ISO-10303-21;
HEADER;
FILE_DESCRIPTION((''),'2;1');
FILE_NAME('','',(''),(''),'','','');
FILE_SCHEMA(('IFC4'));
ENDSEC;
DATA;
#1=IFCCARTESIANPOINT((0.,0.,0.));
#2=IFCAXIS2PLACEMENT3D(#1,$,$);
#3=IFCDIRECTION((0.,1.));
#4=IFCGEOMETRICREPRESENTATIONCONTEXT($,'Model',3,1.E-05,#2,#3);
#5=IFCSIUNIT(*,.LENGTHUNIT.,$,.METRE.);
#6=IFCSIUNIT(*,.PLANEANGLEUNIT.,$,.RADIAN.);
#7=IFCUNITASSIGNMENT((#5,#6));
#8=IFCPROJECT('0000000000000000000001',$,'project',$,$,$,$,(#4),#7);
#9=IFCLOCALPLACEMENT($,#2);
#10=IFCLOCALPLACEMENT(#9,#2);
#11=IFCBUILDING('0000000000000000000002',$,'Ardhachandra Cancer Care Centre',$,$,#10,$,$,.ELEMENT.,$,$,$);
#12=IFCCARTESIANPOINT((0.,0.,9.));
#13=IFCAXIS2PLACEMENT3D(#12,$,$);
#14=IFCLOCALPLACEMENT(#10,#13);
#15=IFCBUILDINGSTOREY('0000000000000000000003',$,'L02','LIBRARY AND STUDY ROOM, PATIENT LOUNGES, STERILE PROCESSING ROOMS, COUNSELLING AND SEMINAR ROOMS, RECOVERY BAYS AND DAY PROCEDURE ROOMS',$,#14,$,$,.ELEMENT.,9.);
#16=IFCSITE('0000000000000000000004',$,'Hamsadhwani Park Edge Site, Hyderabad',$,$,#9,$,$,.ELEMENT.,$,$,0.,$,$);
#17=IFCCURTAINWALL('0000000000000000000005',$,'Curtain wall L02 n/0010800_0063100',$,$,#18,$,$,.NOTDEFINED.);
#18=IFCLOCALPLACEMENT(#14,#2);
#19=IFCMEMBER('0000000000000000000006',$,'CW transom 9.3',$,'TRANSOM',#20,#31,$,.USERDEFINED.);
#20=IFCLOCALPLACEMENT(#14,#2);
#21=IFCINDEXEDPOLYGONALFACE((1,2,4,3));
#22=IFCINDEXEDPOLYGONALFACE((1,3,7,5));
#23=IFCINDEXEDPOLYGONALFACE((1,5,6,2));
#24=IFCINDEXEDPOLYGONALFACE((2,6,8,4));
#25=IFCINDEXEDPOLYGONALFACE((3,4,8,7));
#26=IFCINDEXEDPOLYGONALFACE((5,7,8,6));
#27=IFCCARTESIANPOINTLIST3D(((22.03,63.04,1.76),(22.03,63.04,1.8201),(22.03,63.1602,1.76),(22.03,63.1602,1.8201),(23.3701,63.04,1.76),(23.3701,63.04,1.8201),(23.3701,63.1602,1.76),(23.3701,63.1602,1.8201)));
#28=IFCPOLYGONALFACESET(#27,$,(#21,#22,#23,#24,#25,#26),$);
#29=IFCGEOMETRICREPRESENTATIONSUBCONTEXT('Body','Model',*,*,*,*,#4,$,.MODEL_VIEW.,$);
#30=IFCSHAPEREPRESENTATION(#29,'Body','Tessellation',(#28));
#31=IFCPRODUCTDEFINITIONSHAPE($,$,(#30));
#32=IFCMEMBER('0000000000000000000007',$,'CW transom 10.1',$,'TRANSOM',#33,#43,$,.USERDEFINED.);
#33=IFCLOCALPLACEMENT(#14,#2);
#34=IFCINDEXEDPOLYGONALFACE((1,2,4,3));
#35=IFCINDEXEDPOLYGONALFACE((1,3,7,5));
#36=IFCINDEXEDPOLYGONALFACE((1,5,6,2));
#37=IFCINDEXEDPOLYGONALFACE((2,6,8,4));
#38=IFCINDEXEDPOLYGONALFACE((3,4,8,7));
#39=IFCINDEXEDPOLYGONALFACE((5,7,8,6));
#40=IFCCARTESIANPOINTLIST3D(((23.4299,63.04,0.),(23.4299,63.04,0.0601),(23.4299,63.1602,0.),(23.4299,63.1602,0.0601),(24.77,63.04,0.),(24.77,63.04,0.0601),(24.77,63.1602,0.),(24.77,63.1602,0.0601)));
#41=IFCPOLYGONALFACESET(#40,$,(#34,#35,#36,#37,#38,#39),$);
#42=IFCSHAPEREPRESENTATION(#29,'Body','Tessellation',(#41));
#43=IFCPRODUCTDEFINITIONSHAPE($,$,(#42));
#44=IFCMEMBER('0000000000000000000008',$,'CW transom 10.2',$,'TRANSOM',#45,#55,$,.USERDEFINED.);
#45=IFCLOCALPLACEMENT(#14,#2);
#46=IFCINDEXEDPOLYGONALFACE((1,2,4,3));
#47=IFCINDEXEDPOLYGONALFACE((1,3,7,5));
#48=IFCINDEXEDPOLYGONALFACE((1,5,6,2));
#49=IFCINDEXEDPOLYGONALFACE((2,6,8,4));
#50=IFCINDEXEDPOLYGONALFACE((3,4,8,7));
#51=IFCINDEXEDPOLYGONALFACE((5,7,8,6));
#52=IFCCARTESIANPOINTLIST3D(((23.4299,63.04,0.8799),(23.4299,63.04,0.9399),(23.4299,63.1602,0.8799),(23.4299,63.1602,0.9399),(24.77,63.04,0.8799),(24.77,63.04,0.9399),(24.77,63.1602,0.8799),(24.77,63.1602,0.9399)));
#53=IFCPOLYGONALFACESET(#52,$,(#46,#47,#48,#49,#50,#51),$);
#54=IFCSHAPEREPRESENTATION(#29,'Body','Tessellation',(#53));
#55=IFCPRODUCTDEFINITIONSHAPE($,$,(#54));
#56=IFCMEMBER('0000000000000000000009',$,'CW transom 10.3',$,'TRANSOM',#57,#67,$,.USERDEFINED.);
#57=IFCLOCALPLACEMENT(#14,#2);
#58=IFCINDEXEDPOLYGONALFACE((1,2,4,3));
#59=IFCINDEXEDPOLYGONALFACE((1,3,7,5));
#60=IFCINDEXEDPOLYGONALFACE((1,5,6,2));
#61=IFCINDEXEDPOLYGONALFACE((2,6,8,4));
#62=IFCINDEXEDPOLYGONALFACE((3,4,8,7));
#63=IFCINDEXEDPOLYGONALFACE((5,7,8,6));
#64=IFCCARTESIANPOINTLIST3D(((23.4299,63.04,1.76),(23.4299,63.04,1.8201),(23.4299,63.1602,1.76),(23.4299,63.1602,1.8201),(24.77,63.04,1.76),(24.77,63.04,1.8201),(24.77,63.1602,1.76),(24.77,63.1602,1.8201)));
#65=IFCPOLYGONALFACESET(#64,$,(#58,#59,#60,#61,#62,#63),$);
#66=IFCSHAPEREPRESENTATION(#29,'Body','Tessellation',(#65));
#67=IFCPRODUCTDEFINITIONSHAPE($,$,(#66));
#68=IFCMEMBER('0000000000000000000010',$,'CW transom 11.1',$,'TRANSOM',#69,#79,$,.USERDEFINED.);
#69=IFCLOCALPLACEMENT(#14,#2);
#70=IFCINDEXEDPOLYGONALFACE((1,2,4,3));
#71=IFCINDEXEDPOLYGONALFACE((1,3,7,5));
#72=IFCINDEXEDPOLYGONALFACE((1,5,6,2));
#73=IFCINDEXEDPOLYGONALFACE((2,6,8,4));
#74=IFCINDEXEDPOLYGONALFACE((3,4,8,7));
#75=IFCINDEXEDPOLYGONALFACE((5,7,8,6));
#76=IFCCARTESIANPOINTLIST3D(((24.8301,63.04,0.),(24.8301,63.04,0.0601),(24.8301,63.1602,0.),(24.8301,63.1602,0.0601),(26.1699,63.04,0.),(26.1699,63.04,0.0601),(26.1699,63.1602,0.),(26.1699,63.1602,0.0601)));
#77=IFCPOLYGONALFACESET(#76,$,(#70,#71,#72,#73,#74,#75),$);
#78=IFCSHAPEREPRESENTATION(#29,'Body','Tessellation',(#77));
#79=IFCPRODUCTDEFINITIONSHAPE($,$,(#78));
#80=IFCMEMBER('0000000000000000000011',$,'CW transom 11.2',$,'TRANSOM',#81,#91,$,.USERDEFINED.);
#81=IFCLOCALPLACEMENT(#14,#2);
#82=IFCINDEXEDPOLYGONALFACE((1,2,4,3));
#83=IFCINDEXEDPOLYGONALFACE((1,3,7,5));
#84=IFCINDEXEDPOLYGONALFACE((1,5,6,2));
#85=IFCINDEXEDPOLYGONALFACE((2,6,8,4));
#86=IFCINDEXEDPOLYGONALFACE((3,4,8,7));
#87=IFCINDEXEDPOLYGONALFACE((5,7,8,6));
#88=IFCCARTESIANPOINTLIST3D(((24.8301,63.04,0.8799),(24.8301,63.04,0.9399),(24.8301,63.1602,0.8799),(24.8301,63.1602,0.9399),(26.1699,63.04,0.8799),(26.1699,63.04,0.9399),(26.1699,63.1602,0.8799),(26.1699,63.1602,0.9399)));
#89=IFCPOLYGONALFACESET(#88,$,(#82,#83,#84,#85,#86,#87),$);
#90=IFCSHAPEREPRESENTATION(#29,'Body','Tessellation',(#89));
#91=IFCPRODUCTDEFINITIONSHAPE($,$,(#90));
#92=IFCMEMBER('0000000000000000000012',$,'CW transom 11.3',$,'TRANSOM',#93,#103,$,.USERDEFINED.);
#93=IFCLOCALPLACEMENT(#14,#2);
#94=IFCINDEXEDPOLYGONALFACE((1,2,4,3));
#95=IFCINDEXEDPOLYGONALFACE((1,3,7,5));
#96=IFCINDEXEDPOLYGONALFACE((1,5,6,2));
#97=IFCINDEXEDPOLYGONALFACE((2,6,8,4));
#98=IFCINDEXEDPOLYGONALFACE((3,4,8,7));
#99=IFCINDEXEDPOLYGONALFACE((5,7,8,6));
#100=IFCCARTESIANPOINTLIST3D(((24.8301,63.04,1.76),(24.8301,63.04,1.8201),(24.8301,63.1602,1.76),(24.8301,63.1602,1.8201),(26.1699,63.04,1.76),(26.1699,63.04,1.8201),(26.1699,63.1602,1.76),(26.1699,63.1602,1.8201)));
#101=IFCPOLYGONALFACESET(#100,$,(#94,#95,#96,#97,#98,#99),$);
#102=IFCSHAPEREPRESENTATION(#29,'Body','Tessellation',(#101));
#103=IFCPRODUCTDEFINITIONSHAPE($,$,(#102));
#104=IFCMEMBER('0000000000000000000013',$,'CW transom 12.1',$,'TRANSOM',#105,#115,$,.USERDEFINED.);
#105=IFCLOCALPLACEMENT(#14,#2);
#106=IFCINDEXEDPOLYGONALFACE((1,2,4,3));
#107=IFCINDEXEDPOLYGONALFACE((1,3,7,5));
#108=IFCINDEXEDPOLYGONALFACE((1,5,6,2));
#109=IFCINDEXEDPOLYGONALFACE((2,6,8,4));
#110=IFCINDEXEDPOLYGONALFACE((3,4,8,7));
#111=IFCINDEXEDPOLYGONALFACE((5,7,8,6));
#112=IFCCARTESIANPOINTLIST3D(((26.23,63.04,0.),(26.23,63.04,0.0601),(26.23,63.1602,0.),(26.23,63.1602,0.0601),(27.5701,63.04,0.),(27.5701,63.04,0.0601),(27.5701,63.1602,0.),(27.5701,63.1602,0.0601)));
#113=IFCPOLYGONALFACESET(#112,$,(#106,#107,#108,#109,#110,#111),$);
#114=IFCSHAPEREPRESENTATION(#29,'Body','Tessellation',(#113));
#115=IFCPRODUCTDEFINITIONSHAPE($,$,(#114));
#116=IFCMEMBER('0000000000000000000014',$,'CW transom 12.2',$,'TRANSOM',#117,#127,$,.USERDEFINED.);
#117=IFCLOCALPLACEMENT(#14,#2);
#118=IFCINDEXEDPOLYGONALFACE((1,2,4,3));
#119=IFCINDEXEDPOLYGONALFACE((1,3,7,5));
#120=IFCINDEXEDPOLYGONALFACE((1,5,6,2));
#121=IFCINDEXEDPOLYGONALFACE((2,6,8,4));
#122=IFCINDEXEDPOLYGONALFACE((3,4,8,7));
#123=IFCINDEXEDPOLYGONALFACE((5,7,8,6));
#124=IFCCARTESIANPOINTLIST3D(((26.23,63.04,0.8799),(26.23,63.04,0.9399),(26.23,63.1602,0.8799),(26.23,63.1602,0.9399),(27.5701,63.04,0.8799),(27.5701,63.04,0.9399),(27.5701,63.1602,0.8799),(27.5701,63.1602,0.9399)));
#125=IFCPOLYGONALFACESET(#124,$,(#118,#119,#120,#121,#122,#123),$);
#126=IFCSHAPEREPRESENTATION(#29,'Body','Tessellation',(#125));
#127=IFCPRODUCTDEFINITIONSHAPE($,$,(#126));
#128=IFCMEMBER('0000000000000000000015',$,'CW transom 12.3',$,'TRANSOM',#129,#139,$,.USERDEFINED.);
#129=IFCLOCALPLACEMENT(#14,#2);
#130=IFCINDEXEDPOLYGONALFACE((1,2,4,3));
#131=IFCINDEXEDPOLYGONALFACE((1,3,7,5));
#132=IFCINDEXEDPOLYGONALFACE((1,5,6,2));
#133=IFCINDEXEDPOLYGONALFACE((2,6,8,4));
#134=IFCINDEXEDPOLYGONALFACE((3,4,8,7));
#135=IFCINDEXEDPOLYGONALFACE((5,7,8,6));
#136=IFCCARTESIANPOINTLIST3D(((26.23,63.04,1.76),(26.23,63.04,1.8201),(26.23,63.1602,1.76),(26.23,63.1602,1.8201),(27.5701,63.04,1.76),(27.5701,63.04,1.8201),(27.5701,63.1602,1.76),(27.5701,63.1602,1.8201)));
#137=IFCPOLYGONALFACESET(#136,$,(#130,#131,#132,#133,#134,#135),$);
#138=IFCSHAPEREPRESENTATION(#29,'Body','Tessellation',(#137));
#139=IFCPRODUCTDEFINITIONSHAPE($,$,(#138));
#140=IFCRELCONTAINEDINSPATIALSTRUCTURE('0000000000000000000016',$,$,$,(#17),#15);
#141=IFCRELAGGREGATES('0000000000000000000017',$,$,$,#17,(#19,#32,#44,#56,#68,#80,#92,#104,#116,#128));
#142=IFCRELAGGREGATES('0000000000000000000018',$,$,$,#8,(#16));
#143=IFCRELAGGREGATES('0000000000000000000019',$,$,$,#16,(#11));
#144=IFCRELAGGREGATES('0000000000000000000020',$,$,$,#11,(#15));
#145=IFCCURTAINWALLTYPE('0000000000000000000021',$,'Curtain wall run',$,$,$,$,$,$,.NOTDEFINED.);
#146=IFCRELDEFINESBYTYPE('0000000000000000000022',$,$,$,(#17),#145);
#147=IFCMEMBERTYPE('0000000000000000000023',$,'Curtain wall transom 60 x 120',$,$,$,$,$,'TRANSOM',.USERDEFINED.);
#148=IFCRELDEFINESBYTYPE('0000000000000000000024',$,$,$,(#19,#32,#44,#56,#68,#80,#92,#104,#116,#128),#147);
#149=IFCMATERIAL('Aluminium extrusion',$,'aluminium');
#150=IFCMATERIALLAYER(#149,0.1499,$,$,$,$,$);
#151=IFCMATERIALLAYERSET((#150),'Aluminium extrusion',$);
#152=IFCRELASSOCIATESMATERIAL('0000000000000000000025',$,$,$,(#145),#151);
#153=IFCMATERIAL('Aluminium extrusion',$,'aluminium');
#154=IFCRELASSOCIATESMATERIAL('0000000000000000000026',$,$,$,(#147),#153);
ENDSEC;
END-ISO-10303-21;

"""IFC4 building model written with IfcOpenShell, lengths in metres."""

from ifc_helpers import new_model, si_unit, direction, frame, origin, origin_2d, place, context, subcontext, project, spatial, rectangle, extrude, material, layer, layer_set, material_profile, profile_set, type_object, element, aggregate, save


model = new_model("IFC4")

# Units and contexts
model_context = context("Model", 3, precision=1e-05, world=origin(), true_north=direction((0.0, 1.0)))
body_context = subcontext(model_context, "Body", "Model", "MODEL_VIEW")
ifc_project = project(units=[si_unit("LENGTHUNIT", "METRE"), si_unit("PLANEANGLEUNIT", "RADIAN")], contexts=[model_context])

# Site, building, storey
site_placement = place(None, origin())
site = spatial("IfcSite", under=ifc_project, at=site_placement, Name="Hamsadhwani Park Edge Site, Hyderabad", CompositionType="ELEMENT", RefElevation=0.0)
building_placement = place(site_placement, origin())
building = spatial("IfcBuilding", under=site, at=building_placement, Name="Ardhachandra Cancer Care Centre", CompositionType="ELEMENT")
storey_placement = place(building_placement, frame((0.0, 0.0, 9.0)))
storey = spatial("IfcBuildingStorey", under=building, at=storey_placement, Name="L02", Description="LIBRARY AND STUDY ROOM, PATIENT LOUNGES, STERILE PROCESSING ROOMS, COUNSELLING AND SEMINAR ROOMS, RECOVERY BAYS AND DAY PROCEDURE ROOMS", CompositionType="ELEMENT", Elevation=9.0)

# Curtain wall, members
ifc_material_1 = material(Name="Aluminium extrusion", Category="aluminium")
ifc_layer_1 = layer(ifc_material_1, 0.1499)
ifc_layer_set_1 = layer_set([ifc_layer_1], Name="Aluminium extrusion")
curtain_wall_type = type_object("IfcCurtainWallType", Name="Curtain wall run", PredefinedType="NOTDEFINED", material=ifc_layer_set_1)
curtain_wall_placement = place(storey_placement, origin())
curtain_wall = element("IfcCurtainWall", 1, at=curtain_wall_placement, inside=storey, type_object=curtain_wall_type, Name="Curtain wall L02 n/0010800_0063100", PredefinedType="NOTDEFINED")
ifc_material_2 = material(Name="Aluminium extrusion", Category="aluminium")
ifc_material_profile_1 = material_profile(ifc_material_2, rectangle(XDim=0.1201, YDim=0.0601, at=origin_2d()), Name="Curtain wall transom 60 x 120")
ifc_profile_set_1 = profile_set([ifc_material_profile_1], Name="Aluminium extrusion")
member_type_1 = type_object("IfcMemberType", Name="Curtain wall transom 60 x 120", ElementType="TRANSOM", PredefinedType="USERDEFINED", material=ifc_profile_set_1)
member_1_placement = place(storey_placement, frame((22.03, 63.1001, 1.79), z_axis=(1.0, 0.0, 0.0), x_axis=(0.0, 1.0, 0.0)))
member_1 = element("IfcMember", 2, at=member_1_placement, type_object=member_type_1, Name="CW transom 9.3", ObjectType="TRANSOM", PredefinedType="USERDEFINED", context=body_context, shape_type="SweptSolid", body=[
    extrude(rectangle(XDim=0.1201, YDim=0.0601, at=origin_2d()), origin(), (0.0, 0.0, 1.0), 1.3401),
])
member_2_placement = place(storey_placement, frame((23.4299, 63.1001, 0.03), z_axis=(1.0, 0.0, 0.0), x_axis=(0.0, 1.0, 0.0)))
member_2 = element("IfcMember", 3, at=member_2_placement, type_object=member_type_1, Name="CW transom 10.1", ObjectType="TRANSOM", PredefinedType="USERDEFINED", context=body_context, shape_type="SweptSolid", body=[
    extrude(rectangle(XDim=0.1201, YDim=0.0601, at=origin_2d()), origin(), (0.0, 0.0, 1.0), 1.3401),
])
member_3_placement = place(storey_placement, frame((23.4299, 63.1001, 0.9099), z_axis=(1.0, 0.0, 0.0), x_axis=(0.0, 1.0, 0.0)))
member_3 = element("IfcMember", 4, at=member_3_placement, type_object=member_type_1, Name="CW transom 10.2", ObjectType="TRANSOM", PredefinedType="USERDEFINED", context=body_context, shape_type="SweptSolid", body=[
    extrude(rectangle(XDim=0.1201, YDim=0.0601, at=origin_2d()), origin(), (0.0, 0.0, 1.0), 1.3401),
])
member_4_placement = place(storey_placement, frame((23.4299, 63.1001, 1.79), z_axis=(1.0, 0.0, 0.0), x_axis=(0.0, 1.0, 0.0)))
member_4 = element("IfcMember", 5, at=member_4_placement, type_object=member_type_1, Name="CW transom 10.3", ObjectType="TRANSOM", PredefinedType="USERDEFINED", context=body_context, shape_type="SweptSolid", body=[
    extrude(rectangle(XDim=0.1201, YDim=0.0601, at=origin_2d()), origin(), (0.0, 0.0, 1.0), 1.3401),
])
member_5_placement = place(storey_placement, frame((24.8301, 63.1001, 0.03), z_axis=(1.0, 0.0, 0.0), x_axis=(0.0, 1.0, 0.0)))
member_5 = element("IfcMember", 6, at=member_5_placement, type_object=member_type_1, Name="CW transom 11.1", ObjectType="TRANSOM", PredefinedType="USERDEFINED", context=body_context, shape_type="SweptSolid", body=[
    extrude(rectangle(XDim=0.1201, YDim=0.0601, at=origin_2d()), origin(), (0.0, 0.0, 1.0), 1.3398),
])
member_6_placement = place(storey_placement, frame((24.8301, 63.1001, 0.9099), z_axis=(1.0, 0.0, 0.0), x_axis=(0.0, 1.0, 0.0)))
member_6 = element("IfcMember", 7, at=member_6_placement, type_object=member_type_1, Name="CW transom 11.2", ObjectType="TRANSOM", PredefinedType="USERDEFINED", context=body_context, shape_type="SweptSolid", body=[
    extrude(rectangle(XDim=0.1201, YDim=0.0601, at=origin_2d()), origin(), (0.0, 0.0, 1.0), 1.3398),
])
member_7_placement = place(storey_placement, frame((24.8301, 63.1001, 1.79), z_axis=(1.0, 0.0, 0.0), x_axis=(0.0, 1.0, 0.0)))
member_7 = element("IfcMember", 8, at=member_7_placement, type_object=member_type_1, Name="CW transom 11.3", ObjectType="TRANSOM", PredefinedType="USERDEFINED", context=body_context, shape_type="SweptSolid", body=[
    extrude(rectangle(XDim=0.1201, YDim=0.0601, at=origin_2d()), origin(), (0.0, 0.0, 1.0), 1.3398),
])
member_8_placement = place(storey_placement, frame((26.23, 63.1001, 0.03), z_axis=(1.0, 0.0, 0.0), x_axis=(0.0, 1.0, 0.0)))
member_8 = element("IfcMember", 9, at=member_8_placement, type_object=member_type_1, Name="CW transom 12.1", ObjectType="TRANSOM", PredefinedType="USERDEFINED", context=body_context, shape_type="SweptSolid", body=[
    extrude(rectangle(XDim=0.1201, YDim=0.0601, at=origin_2d()), origin(), (0.0, 0.0, 1.0), 1.3401),
])
member_9_placement = place(storey_placement, frame((26.23, 63.1001, 0.9099), z_axis=(1.0, 0.0, 0.0), x_axis=(0.0, 1.0, 0.0)))
member_9 = element("IfcMember", 10, at=member_9_placement, type_object=member_type_1, Name="CW transom 12.2", ObjectType="TRANSOM", PredefinedType="USERDEFINED", context=body_context, shape_type="SweptSolid", body=[
    extrude(rectangle(XDim=0.1201, YDim=0.0601, at=origin_2d()), origin(), (0.0, 0.0, 1.0), 1.3401),
])
member_10_placement = place(storey_placement, frame((26.23, 63.1001, 1.79), z_axis=(1.0, 0.0, 0.0), x_axis=(0.0, 1.0, 0.0)))
member_10 = element("IfcMember", 11, at=member_10_placement, type_object=member_type_1, Name="CW transom 12.3", ObjectType="TRANSOM", PredefinedType="USERDEFINED", context=body_context, shape_type="SweptSolid", body=[
    extrude(rectangle(XDim=0.1201, YDim=0.0601, at=origin_2d()), origin(), (0.0, 0.0, 1.0), 1.3401),
])

aggregate(curtain_wall, [member_1, member_2, member_3, member_4, member_5, member_6, member_7, member_8, member_9, member_10])

save(model, "model.ifc")
